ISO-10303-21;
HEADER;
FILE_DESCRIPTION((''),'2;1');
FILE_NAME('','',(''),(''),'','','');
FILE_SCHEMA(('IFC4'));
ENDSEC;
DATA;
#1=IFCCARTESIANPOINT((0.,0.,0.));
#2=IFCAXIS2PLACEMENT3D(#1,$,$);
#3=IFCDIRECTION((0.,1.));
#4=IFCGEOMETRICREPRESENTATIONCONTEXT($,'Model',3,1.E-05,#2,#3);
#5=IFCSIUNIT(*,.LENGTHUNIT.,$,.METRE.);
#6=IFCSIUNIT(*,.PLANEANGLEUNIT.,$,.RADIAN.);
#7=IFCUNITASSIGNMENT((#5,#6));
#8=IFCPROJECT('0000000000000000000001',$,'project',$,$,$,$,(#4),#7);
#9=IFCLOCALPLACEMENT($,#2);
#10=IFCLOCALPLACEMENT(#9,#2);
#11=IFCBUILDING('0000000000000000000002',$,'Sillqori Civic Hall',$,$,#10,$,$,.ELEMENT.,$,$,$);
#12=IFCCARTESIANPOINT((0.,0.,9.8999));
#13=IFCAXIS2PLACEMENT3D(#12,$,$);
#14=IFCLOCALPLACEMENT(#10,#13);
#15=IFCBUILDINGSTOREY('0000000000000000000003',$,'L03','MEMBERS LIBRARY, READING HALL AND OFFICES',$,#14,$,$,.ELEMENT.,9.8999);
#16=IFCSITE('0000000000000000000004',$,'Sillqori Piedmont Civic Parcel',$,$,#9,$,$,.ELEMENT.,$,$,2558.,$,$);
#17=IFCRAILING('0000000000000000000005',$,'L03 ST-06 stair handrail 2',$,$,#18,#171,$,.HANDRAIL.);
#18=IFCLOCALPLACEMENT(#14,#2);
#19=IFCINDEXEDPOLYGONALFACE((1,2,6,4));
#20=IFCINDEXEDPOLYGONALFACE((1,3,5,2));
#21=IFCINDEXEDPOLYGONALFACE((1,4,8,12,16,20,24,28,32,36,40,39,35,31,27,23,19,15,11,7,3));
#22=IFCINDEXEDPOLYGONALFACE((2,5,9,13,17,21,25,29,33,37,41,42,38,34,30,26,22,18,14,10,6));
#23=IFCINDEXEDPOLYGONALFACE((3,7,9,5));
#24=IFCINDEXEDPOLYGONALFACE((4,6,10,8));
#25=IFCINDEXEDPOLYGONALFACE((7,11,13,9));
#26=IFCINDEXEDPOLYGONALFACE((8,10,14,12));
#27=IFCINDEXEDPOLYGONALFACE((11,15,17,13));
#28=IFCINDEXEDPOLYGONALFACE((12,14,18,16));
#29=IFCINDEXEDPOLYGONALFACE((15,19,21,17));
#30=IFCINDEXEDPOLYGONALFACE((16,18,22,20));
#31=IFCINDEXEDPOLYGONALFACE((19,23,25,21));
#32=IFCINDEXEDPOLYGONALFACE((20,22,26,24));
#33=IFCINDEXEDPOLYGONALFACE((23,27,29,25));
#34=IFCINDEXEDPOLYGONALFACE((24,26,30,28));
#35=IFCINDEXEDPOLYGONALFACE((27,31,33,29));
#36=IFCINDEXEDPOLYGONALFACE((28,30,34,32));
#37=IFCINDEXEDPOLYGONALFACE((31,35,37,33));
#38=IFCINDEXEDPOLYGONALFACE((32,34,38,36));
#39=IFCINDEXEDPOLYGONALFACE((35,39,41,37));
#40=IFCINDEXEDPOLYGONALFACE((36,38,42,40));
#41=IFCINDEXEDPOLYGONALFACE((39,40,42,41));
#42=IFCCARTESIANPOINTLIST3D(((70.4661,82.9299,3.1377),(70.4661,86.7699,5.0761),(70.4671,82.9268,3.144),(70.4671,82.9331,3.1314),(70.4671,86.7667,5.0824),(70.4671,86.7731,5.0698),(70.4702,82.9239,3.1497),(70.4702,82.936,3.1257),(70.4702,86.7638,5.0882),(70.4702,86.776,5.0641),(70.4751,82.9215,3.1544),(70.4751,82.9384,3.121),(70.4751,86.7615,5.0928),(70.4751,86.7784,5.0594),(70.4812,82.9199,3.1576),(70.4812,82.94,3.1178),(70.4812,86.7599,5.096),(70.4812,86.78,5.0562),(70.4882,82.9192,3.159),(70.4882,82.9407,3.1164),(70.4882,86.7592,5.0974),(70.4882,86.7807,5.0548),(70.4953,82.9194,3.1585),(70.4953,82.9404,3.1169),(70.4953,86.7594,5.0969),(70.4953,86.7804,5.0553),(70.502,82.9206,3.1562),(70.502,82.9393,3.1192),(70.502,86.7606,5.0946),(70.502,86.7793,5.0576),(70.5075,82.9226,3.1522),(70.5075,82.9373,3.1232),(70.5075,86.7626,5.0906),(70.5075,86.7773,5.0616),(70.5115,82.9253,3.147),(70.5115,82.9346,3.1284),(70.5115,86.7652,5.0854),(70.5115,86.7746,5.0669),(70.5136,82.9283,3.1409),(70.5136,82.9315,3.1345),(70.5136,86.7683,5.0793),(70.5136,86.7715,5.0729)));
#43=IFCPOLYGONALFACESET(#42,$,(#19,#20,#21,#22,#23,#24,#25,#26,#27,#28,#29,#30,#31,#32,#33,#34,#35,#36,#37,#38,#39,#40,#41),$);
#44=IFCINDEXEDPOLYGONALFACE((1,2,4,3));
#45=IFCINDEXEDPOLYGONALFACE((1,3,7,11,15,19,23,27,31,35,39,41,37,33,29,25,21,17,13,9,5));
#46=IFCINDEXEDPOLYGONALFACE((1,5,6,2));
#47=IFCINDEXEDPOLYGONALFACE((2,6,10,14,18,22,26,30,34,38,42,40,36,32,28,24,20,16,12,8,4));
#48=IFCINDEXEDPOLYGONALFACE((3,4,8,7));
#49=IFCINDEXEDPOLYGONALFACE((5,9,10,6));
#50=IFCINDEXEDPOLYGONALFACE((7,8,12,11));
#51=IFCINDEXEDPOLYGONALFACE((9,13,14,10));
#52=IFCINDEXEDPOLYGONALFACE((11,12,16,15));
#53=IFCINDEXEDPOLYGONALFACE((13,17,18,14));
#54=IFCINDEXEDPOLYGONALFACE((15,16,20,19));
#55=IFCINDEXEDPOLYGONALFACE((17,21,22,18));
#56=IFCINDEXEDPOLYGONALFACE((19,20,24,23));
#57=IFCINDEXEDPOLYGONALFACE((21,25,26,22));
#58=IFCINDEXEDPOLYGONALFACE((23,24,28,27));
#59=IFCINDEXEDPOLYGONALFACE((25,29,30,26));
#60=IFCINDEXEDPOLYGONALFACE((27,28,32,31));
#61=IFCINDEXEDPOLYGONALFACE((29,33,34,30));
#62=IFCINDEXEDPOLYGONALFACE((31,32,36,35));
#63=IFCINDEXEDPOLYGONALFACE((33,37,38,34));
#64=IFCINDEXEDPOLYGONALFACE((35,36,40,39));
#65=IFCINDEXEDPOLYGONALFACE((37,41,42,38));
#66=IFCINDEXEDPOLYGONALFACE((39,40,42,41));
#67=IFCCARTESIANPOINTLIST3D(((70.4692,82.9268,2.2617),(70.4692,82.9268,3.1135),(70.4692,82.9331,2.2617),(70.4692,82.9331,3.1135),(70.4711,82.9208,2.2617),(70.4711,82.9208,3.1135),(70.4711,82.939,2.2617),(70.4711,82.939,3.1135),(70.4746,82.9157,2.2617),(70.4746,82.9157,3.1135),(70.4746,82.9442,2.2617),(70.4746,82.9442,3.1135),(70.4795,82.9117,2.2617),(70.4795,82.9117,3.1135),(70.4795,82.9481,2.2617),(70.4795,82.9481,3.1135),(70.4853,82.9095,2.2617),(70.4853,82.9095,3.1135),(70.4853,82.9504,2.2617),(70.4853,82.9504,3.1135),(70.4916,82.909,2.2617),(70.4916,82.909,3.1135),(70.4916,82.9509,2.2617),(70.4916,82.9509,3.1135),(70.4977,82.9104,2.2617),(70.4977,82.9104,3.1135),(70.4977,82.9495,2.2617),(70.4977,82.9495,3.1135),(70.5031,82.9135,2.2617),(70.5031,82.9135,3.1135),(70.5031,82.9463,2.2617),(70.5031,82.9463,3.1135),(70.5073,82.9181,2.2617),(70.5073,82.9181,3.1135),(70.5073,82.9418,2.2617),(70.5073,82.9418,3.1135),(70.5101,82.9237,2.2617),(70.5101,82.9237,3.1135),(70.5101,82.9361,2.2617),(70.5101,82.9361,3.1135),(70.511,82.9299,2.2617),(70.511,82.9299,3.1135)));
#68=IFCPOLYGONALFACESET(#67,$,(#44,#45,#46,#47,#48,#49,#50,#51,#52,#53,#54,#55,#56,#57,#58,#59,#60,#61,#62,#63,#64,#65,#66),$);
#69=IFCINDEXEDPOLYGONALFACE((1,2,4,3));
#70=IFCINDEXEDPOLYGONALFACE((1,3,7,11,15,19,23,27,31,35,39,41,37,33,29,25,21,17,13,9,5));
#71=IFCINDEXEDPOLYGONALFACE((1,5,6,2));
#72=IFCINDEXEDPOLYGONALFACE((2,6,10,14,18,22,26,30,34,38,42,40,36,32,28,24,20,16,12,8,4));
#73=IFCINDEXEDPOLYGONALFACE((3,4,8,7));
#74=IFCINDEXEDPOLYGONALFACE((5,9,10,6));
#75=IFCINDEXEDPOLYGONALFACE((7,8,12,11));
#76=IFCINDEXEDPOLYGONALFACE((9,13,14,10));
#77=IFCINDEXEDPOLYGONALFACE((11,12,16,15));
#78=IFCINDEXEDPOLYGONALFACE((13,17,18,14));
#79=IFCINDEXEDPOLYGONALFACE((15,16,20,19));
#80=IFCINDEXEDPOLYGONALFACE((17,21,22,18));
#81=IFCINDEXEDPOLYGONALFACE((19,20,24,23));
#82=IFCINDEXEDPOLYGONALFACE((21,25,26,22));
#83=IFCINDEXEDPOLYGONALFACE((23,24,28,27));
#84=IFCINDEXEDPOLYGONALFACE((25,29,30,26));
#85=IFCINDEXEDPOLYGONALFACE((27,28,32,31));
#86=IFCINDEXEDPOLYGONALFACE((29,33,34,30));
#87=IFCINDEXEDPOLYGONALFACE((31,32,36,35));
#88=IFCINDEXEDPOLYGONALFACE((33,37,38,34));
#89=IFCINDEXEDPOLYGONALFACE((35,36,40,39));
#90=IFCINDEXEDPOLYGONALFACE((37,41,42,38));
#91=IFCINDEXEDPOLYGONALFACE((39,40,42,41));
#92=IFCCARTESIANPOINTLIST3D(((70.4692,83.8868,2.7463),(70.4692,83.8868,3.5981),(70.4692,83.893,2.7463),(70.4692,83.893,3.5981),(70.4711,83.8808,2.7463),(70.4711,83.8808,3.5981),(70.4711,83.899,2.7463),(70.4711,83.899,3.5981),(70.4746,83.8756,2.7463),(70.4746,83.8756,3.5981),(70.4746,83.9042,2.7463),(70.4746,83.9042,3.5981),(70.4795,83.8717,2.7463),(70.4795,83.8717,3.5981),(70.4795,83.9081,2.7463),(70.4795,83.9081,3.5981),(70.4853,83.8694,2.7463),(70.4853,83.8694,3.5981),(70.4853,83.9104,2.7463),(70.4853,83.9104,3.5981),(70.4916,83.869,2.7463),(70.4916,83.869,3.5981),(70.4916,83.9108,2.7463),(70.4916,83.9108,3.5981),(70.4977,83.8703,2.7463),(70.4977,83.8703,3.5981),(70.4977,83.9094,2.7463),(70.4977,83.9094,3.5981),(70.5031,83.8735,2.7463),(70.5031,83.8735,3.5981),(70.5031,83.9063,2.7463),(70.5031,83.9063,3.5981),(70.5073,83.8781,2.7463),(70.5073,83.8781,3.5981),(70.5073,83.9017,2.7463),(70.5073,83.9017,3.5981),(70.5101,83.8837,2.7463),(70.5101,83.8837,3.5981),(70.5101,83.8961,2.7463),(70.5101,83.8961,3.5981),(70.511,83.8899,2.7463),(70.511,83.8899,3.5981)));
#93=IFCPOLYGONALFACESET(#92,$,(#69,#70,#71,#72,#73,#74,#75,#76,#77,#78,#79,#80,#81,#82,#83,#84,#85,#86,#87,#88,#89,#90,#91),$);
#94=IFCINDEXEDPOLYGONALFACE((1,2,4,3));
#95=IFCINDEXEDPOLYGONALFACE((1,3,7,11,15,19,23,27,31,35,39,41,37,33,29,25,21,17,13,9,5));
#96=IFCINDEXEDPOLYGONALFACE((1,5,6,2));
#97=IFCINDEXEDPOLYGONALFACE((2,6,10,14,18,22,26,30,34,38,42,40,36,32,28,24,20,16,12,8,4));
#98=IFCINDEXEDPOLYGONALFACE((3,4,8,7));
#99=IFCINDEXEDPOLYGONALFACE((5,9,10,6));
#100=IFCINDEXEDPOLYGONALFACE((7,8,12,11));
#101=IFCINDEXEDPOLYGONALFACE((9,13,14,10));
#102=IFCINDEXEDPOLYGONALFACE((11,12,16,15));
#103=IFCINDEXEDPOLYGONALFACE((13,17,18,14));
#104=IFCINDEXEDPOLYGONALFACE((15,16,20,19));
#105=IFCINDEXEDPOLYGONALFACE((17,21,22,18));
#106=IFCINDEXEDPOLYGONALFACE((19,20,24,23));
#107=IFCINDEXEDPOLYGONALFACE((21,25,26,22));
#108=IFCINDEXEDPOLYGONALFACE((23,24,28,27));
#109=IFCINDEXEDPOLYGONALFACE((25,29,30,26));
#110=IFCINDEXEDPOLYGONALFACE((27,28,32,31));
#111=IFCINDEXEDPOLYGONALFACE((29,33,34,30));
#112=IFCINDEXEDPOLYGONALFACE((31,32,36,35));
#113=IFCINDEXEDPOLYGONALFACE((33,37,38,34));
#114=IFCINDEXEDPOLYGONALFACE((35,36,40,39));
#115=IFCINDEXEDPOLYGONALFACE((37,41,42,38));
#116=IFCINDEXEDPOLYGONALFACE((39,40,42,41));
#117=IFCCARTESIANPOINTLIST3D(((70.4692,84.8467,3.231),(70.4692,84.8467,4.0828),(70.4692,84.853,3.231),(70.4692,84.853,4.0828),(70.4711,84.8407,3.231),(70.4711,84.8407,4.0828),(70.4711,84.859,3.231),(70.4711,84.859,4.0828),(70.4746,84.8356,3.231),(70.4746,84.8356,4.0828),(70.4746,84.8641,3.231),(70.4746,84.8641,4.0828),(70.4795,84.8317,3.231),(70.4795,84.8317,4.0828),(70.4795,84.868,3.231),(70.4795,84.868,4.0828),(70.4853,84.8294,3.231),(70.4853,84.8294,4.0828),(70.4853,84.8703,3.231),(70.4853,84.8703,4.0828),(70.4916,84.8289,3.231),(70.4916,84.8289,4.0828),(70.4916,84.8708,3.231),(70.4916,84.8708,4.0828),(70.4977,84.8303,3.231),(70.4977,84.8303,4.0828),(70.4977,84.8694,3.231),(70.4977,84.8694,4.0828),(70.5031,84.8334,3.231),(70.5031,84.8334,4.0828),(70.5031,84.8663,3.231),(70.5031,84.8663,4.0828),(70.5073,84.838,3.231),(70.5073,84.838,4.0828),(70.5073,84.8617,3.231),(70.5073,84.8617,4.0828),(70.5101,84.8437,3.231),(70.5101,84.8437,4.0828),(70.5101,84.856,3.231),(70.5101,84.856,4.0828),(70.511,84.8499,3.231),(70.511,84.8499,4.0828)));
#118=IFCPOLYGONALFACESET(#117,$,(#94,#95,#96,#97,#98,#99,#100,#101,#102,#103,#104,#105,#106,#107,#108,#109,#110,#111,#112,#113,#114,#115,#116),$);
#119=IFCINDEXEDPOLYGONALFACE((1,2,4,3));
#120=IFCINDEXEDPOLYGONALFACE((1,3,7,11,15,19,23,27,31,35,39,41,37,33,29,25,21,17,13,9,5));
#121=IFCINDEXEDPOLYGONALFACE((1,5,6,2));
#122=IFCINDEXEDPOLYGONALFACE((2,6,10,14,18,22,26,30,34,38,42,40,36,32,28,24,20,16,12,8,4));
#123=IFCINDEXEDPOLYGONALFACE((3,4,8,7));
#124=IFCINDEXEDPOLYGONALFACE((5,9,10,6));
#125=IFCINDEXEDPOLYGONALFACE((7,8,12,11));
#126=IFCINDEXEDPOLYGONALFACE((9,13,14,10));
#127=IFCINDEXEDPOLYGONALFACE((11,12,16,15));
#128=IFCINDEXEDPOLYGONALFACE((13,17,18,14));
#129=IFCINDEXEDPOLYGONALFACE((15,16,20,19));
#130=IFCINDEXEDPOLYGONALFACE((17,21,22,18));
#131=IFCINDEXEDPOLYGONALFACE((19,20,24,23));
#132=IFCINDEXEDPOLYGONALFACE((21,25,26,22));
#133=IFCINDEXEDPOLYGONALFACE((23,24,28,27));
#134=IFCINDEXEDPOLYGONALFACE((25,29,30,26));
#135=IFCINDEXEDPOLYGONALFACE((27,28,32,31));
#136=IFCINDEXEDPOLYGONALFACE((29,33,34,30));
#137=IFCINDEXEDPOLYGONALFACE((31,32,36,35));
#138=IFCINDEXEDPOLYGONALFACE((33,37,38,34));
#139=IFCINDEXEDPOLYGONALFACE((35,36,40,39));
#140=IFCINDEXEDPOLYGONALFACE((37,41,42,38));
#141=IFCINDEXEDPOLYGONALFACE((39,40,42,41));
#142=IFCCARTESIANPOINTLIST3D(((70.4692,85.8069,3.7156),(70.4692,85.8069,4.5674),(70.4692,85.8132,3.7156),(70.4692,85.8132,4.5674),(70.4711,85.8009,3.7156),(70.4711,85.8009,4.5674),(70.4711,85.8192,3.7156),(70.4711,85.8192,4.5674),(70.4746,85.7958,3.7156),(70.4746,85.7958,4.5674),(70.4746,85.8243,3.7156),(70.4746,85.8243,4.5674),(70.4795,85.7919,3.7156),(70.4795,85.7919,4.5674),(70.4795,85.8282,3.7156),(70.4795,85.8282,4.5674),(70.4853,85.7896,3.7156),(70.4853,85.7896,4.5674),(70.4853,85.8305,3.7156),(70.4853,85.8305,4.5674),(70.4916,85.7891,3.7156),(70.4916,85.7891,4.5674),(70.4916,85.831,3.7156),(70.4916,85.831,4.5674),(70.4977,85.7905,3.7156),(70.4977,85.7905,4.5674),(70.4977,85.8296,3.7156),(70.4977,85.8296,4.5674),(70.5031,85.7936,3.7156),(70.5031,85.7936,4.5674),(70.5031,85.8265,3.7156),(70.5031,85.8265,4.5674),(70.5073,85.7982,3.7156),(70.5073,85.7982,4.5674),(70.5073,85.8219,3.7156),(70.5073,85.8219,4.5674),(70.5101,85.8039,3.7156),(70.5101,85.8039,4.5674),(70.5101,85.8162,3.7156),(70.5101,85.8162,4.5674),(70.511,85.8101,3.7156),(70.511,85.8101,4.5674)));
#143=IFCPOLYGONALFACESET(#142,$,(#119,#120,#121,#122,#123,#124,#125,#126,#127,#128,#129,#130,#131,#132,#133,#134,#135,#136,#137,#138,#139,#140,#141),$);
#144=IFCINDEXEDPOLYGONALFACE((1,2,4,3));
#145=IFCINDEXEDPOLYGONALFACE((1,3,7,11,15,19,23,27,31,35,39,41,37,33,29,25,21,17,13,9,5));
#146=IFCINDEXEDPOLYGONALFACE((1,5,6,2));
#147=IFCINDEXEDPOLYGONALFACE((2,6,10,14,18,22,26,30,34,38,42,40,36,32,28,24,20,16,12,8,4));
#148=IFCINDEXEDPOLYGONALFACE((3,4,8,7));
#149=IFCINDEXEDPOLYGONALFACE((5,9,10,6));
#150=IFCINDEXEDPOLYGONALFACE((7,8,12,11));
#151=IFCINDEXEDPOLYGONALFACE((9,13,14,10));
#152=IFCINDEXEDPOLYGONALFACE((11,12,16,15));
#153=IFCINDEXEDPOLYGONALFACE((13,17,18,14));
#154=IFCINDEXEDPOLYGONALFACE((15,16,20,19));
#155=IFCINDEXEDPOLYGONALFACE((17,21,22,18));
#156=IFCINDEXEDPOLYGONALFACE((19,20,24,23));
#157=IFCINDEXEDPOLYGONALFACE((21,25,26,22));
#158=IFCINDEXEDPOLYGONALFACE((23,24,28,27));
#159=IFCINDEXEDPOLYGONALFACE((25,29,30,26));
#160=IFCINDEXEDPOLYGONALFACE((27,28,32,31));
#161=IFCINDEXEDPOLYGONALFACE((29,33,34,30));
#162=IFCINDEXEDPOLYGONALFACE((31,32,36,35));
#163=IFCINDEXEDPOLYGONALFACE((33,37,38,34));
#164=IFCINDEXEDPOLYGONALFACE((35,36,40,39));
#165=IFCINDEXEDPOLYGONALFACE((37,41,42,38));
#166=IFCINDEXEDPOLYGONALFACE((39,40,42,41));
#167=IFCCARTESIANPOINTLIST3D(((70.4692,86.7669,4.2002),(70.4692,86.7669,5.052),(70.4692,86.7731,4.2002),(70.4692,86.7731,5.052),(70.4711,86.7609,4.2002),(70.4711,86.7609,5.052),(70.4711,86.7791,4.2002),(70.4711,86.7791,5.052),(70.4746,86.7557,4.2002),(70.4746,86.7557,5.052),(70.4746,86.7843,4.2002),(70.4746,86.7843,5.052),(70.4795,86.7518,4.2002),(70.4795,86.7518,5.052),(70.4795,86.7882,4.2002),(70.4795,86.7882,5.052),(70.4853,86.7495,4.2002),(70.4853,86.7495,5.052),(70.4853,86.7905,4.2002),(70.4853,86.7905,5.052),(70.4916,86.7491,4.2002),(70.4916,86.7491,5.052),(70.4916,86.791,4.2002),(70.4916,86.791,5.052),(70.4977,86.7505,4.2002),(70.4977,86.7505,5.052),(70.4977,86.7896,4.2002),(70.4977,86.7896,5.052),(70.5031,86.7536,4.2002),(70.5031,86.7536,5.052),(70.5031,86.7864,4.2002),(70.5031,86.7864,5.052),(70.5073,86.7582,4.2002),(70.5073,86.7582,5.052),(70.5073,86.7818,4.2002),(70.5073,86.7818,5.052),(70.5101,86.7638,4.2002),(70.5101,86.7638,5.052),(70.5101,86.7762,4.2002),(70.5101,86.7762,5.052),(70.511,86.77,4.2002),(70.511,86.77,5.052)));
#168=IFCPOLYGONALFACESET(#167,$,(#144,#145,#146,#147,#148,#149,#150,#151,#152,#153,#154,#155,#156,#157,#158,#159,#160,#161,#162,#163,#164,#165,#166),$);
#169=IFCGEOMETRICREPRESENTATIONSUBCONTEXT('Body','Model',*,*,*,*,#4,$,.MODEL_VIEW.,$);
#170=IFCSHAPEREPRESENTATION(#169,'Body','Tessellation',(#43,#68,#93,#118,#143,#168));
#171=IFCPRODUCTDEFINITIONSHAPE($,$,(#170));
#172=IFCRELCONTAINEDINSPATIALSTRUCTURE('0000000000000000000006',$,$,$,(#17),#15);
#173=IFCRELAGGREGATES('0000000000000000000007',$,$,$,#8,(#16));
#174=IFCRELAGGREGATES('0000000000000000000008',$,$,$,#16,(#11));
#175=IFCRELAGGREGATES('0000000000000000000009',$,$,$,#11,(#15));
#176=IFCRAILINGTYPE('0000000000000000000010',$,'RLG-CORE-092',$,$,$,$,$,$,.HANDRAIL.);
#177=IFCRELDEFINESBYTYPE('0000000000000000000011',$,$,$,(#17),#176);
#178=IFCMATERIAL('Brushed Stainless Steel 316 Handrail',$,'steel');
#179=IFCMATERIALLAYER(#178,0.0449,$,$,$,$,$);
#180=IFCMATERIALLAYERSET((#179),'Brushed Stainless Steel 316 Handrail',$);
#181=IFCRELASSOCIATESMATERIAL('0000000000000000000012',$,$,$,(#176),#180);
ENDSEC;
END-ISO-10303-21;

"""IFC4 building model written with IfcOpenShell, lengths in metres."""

from ifc_helpers import new_model, si_unit, direction, frame, origin, origin_2d, place, context, subcontext, project, spatial, circle, extrude, material, layer, layer_set, type_object, element, save


model = new_model("IFC4")

# Units and contexts
model_context = context("Model", 3, precision=1e-05, world=origin(), true_north=direction((0.0, 1.0)))
body_context = subcontext(model_context, "Body", "Model", "MODEL_VIEW")
ifc_project = project(units=[si_unit("LENGTHUNIT", "METRE"), si_unit("PLANEANGLEUNIT", "RADIAN")], contexts=[model_context])

# Site, building, storey
site_placement = place(None, origin())
site = spatial("IfcSite", under=ifc_project, at=site_placement, Name="Sillqori Piedmont Civic Parcel", CompositionType="ELEMENT", RefElevation=2558.0)
building_placement = place(site_placement, origin())
building = spatial("IfcBuilding", under=site, at=building_placement, Name="Sillqori Civic Hall", CompositionType="ELEMENT")
storey_placement = place(building_placement, frame((0.0, 0.0, 9.8999)))
storey = spatial("IfcBuildingStorey", under=building, at=storey_placement, Name="L03", Description="MEMBERS LIBRARY, READING HALL AND OFFICES", CompositionType="ELEMENT", Elevation=9.8999)

# Railing
ifc_material_1 = material(Name="Brushed Stainless Steel 316 Handrail", Category="steel")
ifc_layer_1 = layer(ifc_material_1, 0.0449)
ifc_layer_set_1 = layer_set([ifc_layer_1], Name="Brushed Stainless Steel 316 Handrail")
railing_type_1 = type_object("IfcRailingType", Name="RLG-CORE-092", PredefinedType="HANDRAIL", material=ifc_layer_set_1)
railing_1_placement = place(storey_placement, frame((70.49, 82.9299, 2.2617)))
element("IfcRailing", 1, at=railing_1_placement, inside=storey, type_object=railing_type_1, Name="L03 ST-06 stair handrail 2", PredefinedType="HANDRAIL", context=body_context, shape_type="SweptSolid", body=[
    extrude(circle(Radius=0.0239, at=origin_2d()), frame((0.0, 0.0, 0.876), z_axis=(0.0, 0.892707, 0.450638), x_axis=(-1.0, 0.0, 0.0)), (0.0, 0.0, 1.0), 4.3015),
    extrude(circle(Radius=0.021, at=origin_2d()), origin(), (0.0, 0.0, 1.0), 0.8518),
    extrude(circle(Radius=0.021, at=origin_2d()), frame((0.0, 0.96, 0.4846)), (0.0, 0.0, 1.0), 0.8518),
    extrude(circle(Radius=0.021, at=origin_2d()), frame((0.0, 1.9199, 0.9692)), (0.0, 0.0, 1.0), 0.8518),
    extrude(circle(Radius=0.021, at=origin_2d()), frame((0.0, 2.8801, 1.4539)), (0.0, 0.0, 1.0), 0.8518),
    extrude(circle(Radius=0.021, at=origin_2d()), frame((0.0, 3.8401, 1.9385)), (0.0, 0.0, 1.0), 0.8518),
])

save(model, "model.ifc")
